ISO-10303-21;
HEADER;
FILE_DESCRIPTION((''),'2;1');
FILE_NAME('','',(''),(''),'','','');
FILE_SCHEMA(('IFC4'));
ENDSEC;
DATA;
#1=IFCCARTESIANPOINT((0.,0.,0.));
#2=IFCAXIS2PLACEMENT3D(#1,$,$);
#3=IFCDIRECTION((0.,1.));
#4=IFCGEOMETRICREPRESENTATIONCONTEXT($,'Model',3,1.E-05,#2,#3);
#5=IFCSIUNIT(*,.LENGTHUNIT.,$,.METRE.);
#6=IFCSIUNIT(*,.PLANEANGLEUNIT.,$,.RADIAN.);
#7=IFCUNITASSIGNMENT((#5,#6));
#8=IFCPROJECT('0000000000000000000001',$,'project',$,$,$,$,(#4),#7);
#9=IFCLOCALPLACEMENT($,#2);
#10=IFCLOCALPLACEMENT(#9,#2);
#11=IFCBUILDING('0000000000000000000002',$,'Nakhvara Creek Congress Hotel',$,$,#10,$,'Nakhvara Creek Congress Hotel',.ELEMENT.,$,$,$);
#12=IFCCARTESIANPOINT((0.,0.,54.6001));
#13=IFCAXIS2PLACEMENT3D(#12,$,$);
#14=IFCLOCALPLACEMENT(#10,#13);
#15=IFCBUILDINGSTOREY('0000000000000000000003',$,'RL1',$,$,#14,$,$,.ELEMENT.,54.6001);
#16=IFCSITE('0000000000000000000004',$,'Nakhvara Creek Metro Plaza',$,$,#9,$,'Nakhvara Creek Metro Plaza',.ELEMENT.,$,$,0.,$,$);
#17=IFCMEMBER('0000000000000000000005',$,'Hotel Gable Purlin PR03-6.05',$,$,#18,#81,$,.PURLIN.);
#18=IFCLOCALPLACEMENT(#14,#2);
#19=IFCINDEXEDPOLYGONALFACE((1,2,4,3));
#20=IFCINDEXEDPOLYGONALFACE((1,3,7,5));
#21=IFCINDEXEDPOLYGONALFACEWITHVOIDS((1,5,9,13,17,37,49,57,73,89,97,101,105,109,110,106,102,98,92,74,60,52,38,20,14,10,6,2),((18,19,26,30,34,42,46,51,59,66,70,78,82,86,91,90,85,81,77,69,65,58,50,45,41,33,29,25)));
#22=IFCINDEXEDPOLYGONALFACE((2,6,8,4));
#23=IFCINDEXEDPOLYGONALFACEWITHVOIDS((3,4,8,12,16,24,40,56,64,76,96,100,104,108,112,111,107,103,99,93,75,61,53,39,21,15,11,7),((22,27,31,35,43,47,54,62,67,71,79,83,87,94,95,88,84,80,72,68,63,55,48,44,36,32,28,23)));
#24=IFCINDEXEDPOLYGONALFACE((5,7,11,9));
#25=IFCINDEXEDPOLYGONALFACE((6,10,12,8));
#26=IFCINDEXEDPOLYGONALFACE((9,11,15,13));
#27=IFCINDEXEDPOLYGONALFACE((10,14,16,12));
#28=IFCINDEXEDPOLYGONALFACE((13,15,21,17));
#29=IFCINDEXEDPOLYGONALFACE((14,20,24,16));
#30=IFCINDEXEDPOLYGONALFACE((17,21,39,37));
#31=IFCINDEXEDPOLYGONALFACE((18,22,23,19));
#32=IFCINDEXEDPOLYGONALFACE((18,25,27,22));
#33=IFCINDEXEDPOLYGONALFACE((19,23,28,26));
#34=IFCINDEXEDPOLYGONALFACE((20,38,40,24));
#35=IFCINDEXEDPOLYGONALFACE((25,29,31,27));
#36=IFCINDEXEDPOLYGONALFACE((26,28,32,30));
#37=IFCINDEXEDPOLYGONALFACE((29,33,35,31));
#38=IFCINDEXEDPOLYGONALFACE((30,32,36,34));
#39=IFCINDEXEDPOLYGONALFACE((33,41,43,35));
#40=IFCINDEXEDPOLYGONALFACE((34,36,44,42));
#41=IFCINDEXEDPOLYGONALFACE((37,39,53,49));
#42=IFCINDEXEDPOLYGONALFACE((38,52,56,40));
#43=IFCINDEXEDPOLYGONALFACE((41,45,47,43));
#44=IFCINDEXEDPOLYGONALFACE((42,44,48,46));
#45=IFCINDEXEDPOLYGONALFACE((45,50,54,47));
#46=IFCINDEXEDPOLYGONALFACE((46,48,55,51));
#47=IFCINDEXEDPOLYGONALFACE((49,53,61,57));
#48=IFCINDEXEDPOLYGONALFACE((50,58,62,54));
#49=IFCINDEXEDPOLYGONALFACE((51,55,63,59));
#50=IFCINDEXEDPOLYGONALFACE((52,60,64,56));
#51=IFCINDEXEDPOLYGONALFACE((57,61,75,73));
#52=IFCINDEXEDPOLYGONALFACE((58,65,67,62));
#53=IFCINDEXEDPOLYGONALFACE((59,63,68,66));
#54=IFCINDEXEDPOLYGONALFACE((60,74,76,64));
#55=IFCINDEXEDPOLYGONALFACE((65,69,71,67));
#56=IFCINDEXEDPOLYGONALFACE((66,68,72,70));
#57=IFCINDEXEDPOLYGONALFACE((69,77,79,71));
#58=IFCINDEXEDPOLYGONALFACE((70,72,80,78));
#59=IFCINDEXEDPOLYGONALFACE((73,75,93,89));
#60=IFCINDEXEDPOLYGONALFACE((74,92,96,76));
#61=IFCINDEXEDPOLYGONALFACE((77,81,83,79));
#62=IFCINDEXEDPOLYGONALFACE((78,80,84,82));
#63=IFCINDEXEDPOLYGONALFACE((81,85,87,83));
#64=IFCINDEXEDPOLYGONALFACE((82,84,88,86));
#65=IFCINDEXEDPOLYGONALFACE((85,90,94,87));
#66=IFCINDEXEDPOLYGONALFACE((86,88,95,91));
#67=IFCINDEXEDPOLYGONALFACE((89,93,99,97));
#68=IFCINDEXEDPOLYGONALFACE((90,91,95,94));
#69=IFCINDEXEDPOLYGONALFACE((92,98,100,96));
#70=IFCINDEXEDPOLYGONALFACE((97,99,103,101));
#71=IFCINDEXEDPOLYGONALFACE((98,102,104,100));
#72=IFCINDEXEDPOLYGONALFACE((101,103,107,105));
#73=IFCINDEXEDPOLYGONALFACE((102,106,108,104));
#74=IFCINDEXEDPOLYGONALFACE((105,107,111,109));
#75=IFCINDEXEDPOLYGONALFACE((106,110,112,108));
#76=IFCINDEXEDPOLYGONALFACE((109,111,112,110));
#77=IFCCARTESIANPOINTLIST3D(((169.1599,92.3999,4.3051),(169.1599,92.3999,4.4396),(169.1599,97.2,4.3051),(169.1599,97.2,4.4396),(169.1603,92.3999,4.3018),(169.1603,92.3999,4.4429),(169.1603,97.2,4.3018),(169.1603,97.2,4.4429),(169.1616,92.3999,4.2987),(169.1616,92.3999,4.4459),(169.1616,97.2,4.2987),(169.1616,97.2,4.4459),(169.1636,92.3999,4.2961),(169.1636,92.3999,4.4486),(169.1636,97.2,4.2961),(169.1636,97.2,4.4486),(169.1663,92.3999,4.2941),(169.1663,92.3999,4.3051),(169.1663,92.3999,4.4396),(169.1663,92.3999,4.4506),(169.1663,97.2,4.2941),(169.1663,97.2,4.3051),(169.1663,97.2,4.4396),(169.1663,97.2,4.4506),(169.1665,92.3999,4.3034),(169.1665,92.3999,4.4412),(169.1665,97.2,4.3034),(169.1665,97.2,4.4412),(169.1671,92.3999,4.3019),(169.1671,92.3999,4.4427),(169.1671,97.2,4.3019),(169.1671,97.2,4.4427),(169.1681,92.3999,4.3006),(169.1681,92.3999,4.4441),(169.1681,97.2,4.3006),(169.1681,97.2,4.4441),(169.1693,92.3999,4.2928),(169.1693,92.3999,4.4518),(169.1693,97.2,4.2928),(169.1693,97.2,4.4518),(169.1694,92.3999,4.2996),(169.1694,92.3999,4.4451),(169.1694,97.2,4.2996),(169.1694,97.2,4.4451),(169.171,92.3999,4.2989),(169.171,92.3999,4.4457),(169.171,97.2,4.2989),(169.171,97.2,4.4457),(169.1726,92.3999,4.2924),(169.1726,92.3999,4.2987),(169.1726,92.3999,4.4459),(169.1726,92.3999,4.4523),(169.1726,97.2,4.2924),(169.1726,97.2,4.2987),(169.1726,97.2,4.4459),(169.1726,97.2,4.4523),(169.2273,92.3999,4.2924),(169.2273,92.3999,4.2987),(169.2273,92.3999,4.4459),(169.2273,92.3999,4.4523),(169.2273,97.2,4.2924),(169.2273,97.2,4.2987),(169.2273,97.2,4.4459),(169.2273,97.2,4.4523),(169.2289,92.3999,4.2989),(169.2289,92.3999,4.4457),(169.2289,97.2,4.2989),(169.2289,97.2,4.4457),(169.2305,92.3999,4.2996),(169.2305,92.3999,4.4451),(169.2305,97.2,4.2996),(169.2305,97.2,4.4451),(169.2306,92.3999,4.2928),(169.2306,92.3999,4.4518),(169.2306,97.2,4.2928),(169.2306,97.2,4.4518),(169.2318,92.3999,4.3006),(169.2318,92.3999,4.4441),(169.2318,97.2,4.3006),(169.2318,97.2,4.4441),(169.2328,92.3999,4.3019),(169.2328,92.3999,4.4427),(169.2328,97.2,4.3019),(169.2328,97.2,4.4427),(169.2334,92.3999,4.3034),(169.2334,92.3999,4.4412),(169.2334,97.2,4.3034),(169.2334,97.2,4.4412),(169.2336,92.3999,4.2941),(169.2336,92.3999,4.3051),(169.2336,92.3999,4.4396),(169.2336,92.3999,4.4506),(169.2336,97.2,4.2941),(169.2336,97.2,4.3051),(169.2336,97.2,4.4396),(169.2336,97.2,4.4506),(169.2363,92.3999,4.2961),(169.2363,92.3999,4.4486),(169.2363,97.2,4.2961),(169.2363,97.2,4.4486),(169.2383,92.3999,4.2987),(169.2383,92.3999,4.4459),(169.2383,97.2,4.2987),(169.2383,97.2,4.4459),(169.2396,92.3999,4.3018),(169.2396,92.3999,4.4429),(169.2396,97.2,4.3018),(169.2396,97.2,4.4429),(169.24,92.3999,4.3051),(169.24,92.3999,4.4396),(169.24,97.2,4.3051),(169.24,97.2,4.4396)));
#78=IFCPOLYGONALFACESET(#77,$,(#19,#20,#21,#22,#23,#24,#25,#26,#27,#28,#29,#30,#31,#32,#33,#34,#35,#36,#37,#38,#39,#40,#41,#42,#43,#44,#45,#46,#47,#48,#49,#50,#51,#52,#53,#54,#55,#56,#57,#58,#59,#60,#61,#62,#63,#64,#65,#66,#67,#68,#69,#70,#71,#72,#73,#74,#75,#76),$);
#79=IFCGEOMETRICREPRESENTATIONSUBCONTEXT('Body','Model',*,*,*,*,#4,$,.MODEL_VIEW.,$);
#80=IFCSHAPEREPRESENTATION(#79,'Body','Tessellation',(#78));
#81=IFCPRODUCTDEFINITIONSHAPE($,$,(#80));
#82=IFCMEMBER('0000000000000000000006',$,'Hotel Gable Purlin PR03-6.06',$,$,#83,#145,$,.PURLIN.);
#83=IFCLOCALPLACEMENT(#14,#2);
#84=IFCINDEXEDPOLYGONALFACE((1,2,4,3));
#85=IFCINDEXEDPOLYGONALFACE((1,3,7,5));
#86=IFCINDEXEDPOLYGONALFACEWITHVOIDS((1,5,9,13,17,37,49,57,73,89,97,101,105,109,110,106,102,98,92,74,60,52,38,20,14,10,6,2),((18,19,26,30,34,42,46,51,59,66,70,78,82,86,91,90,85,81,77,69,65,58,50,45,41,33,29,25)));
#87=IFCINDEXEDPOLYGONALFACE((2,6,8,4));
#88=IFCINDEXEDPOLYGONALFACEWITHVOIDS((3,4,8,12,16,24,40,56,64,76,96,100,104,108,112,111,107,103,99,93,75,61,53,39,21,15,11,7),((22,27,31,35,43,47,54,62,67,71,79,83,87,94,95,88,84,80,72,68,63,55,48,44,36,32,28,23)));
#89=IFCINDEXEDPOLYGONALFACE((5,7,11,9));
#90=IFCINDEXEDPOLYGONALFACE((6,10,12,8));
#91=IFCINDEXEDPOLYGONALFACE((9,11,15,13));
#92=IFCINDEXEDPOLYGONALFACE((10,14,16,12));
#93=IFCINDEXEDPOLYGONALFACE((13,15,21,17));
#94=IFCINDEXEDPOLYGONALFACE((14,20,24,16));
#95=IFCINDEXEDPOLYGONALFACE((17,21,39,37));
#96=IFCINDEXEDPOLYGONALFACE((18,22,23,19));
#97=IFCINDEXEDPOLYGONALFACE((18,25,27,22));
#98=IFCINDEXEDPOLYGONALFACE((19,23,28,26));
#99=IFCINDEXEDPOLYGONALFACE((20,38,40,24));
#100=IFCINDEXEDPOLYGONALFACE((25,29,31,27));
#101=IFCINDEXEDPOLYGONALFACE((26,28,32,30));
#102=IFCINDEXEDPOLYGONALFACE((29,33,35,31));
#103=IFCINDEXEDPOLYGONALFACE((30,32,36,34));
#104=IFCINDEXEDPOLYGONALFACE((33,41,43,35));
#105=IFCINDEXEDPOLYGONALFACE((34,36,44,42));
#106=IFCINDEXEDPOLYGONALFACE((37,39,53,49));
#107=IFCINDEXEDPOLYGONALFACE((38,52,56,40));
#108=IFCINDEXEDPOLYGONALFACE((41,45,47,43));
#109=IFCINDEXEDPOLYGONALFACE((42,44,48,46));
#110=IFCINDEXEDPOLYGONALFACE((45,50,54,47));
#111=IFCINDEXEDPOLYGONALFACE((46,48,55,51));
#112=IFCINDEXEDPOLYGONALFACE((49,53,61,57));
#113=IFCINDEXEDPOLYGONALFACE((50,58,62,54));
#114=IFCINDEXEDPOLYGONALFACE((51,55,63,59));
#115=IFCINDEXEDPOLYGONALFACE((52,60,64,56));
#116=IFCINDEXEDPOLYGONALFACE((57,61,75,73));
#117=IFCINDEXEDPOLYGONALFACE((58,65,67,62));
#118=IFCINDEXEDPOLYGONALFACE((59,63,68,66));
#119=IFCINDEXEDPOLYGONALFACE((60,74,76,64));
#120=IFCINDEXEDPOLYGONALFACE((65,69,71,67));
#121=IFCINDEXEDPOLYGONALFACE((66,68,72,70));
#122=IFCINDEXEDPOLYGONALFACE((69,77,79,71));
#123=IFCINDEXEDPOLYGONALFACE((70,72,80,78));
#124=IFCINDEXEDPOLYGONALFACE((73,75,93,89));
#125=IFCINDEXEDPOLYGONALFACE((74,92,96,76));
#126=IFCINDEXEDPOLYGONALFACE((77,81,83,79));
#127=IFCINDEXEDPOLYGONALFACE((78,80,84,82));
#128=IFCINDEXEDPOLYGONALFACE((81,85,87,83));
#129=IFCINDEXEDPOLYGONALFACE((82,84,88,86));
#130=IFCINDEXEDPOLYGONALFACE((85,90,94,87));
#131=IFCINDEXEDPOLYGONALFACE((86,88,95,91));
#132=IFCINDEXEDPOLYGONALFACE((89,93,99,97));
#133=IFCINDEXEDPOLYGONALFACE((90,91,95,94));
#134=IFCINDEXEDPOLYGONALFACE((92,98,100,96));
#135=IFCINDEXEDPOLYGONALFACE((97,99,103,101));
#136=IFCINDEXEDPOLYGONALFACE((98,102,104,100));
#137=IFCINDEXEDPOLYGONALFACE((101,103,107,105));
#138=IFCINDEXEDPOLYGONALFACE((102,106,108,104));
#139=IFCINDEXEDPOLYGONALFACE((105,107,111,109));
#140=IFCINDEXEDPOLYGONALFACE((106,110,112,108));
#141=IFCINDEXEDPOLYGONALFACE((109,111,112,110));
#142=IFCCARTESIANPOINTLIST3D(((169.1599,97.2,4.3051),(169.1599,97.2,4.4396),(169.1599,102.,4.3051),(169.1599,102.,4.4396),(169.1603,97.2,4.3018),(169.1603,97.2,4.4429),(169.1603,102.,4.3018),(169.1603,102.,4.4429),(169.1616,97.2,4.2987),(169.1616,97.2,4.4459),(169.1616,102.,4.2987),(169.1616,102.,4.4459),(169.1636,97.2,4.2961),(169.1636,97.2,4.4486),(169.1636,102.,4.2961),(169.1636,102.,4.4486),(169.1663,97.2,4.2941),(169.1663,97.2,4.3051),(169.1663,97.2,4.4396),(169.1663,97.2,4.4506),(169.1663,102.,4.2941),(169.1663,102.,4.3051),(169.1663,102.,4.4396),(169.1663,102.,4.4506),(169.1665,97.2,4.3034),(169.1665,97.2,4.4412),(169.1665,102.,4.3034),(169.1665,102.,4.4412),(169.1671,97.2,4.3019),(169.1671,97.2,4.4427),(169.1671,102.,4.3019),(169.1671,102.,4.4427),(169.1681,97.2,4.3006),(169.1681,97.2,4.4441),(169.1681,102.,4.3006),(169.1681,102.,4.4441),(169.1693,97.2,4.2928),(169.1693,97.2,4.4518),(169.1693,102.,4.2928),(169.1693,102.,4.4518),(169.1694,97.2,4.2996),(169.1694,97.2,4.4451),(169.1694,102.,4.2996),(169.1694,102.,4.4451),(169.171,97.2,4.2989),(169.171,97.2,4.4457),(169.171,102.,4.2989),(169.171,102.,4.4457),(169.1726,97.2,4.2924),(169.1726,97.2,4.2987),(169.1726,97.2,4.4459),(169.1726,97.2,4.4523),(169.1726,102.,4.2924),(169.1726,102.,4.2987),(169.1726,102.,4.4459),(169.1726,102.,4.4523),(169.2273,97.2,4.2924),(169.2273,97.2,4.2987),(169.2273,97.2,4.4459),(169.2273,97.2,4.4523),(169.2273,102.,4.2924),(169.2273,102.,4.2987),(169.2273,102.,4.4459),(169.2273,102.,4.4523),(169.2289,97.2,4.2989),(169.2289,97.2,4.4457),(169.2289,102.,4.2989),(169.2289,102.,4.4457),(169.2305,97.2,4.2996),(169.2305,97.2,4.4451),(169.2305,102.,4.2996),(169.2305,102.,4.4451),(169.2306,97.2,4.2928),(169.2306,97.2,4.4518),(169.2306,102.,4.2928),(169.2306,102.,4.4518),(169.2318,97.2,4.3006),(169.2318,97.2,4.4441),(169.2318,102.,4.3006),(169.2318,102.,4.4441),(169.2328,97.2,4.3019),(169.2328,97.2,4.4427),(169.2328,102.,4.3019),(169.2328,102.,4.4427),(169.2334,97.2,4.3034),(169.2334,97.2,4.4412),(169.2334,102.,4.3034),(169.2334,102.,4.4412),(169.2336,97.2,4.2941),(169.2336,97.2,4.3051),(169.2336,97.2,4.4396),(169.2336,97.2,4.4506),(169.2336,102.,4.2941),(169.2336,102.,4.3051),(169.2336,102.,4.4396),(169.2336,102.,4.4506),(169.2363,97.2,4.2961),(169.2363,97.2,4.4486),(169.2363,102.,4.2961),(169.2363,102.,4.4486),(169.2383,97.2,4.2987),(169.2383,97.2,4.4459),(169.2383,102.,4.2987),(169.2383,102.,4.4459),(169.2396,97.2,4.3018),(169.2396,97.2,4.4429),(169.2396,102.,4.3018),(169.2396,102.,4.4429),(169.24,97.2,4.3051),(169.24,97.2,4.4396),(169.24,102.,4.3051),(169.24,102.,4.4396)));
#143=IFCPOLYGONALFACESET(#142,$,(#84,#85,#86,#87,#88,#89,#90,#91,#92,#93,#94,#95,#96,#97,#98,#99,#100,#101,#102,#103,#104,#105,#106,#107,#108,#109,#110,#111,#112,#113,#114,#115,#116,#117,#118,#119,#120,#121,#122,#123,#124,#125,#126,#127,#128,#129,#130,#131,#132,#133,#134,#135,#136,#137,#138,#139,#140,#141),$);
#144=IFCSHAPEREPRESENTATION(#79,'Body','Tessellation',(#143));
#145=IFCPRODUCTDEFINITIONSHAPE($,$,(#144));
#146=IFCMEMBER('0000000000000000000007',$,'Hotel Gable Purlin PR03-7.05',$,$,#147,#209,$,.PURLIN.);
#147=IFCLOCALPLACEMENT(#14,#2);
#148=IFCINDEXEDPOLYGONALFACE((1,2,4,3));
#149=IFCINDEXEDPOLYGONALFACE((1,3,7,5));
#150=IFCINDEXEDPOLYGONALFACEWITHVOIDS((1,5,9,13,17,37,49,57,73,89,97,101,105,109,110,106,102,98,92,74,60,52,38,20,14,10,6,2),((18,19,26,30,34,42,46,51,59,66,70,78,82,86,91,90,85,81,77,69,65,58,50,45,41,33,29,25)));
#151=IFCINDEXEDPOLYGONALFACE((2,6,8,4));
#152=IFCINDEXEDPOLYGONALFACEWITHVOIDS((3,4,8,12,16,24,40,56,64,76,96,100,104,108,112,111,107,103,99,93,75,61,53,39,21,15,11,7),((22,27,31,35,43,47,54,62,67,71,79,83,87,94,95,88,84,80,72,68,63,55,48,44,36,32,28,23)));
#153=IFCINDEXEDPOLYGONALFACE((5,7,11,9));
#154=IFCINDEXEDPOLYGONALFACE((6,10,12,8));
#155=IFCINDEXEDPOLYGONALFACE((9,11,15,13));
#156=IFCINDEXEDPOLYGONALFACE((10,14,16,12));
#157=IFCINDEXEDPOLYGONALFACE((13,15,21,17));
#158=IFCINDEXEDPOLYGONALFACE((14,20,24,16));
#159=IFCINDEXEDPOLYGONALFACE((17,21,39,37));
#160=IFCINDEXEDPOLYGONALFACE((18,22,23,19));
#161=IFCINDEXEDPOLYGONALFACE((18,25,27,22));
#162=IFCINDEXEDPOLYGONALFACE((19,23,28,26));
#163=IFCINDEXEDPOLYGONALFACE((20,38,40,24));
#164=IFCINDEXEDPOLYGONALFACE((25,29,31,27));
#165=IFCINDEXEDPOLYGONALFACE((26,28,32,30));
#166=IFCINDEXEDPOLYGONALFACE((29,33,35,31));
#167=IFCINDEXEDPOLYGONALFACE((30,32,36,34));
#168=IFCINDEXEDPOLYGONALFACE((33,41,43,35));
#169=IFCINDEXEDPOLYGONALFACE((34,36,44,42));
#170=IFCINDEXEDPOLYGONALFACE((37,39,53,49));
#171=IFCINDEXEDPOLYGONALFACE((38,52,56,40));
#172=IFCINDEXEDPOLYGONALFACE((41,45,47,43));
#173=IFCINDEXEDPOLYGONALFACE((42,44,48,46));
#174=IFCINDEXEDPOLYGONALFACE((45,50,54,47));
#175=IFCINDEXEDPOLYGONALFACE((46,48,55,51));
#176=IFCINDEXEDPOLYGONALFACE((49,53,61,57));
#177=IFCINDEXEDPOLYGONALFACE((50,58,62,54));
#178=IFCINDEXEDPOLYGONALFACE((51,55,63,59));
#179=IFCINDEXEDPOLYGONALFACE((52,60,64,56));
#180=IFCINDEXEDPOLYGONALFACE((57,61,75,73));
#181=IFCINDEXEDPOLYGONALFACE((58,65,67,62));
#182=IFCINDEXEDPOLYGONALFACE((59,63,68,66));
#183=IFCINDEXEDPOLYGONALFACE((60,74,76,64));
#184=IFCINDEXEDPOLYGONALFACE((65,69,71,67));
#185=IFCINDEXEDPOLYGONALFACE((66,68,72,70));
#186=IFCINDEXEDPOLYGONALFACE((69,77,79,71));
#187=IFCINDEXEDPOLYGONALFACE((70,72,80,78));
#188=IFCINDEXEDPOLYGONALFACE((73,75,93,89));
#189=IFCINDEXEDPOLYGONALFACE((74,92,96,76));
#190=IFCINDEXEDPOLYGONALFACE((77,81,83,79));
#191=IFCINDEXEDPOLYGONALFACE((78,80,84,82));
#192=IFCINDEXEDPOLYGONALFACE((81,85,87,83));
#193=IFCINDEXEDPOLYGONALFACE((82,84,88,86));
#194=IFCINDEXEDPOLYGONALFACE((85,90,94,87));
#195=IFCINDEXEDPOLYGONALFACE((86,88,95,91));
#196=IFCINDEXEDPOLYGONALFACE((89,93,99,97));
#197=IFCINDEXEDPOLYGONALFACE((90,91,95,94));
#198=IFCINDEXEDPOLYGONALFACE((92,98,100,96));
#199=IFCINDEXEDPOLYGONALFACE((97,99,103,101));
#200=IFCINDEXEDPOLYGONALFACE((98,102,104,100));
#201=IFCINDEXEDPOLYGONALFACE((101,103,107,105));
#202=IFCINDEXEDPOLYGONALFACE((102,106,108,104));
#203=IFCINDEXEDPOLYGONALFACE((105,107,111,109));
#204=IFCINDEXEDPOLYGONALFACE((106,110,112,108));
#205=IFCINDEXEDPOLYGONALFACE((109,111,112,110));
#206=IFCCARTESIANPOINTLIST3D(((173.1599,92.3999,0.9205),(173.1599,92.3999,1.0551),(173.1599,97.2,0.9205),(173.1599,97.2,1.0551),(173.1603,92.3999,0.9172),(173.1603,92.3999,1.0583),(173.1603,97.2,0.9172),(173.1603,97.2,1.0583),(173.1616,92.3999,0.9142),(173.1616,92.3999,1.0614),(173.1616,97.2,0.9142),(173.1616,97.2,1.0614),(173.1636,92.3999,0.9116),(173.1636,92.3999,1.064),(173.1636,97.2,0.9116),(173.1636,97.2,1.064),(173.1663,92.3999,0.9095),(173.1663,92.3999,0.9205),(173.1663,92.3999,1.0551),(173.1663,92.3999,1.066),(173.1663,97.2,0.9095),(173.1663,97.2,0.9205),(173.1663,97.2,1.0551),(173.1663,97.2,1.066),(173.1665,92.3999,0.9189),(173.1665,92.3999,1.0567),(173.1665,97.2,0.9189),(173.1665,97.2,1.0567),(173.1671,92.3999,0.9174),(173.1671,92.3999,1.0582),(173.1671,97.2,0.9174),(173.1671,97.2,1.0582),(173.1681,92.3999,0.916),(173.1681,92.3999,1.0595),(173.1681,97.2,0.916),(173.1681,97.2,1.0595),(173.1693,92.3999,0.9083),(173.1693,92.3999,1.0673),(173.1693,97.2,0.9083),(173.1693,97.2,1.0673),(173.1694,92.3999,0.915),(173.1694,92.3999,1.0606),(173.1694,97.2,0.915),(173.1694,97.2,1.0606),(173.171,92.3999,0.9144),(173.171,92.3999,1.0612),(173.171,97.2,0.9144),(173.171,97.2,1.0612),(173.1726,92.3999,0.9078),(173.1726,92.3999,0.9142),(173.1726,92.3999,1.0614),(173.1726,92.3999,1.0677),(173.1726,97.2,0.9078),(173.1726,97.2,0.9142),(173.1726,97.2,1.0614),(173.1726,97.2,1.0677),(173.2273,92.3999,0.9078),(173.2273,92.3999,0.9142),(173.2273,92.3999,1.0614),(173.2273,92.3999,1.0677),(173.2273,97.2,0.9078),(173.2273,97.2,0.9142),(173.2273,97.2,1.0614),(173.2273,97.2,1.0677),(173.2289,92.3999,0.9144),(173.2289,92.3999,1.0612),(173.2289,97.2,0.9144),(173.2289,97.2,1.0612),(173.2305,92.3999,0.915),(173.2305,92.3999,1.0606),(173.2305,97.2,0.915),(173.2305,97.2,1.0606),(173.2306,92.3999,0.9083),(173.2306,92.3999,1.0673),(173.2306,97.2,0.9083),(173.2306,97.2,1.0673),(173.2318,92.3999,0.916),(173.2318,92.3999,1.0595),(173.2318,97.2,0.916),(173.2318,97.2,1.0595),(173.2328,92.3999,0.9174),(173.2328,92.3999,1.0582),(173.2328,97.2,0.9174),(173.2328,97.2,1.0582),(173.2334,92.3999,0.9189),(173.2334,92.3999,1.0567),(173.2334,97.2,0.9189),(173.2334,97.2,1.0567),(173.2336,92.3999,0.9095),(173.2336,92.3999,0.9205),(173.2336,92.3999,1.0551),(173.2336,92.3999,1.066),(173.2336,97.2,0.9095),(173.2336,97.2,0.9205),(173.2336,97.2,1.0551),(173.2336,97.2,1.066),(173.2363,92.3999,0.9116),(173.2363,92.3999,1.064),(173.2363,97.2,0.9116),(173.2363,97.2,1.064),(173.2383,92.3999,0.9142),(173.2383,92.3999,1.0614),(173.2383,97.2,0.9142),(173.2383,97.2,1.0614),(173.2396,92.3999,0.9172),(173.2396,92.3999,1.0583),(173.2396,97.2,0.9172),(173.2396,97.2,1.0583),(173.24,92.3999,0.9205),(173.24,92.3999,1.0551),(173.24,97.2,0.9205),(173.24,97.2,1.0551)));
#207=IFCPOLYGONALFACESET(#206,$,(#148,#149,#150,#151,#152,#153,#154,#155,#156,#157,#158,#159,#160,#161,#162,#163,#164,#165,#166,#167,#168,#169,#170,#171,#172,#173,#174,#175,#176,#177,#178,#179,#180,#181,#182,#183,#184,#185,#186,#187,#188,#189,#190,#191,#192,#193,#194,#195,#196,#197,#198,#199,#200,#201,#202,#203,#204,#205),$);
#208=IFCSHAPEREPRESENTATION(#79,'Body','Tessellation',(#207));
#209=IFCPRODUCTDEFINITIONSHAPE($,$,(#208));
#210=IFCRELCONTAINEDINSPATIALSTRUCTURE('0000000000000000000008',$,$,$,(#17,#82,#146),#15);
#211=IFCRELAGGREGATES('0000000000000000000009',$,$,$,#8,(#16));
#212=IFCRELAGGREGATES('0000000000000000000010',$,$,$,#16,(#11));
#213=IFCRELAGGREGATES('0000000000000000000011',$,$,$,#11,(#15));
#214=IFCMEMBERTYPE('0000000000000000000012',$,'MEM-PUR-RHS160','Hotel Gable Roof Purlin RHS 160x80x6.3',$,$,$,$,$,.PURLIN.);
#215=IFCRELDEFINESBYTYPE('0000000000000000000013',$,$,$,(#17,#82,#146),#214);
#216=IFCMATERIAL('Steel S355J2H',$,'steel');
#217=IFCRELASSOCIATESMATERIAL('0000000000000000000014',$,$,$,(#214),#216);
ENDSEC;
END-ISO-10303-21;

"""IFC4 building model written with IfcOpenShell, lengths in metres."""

from ifc_helpers import new_model, si_unit, direction, frame, origin, origin_2d, place, context, subcontext, project, spatial, hollow_rectangle, extrude, material, material_profile, profile_set, type_object, element, save


model = new_model("IFC4")

# Units and contexts
model_context = context("Model", 3, precision=1e-05, world=origin(), true_north=direction((0.0, 1.0)))
body_context = subcontext(model_context, "Body", "Model", "MODEL_VIEW")
ifc_project = project(units=[si_unit("LENGTHUNIT", "METRE"), si_unit("PLANEANGLEUNIT", "RADIAN")], contexts=[model_context])

# Site, building, storey
site_placement = place(None, origin())
site = spatial("IfcSite", under=ifc_project, at=site_placement, Name="Nakhvara Creek Metro Plaza", LongName="Nakhvara Creek Metro Plaza", CompositionType="ELEMENT", RefElevation=0.0)
building_placement = place(site_placement, origin())
building = spatial("IfcBuilding", under=site, at=building_placement, Name="Nakhvara Creek Congress Hotel", LongName="Nakhvara Creek Congress Hotel", CompositionType="ELEMENT")
storey_placement = place(building_placement, frame((0.0, 0.0, 54.6001)))
storey = spatial("IfcBuildingStorey", under=building, at=storey_placement, Name="RL1", CompositionType="ELEMENT", Elevation=54.6001)

# Members
ifc_material_1 = material(Name="Steel S355J2H", Category="steel")
ifc_material_profile_1 = material_profile(ifc_material_1, hollow_rectangle(XDim=0.0801, YDim=0.1599, WallThickness=0.0063, InnerFilletRadius=0.0063, OuterFilletRadius=0.0127, at=origin_2d()), Name="RHS 160x80x6.3", Category="LoadBearing")
ifc_profile_set_1 = profile_set([ifc_material_profile_1], Name="Steel S355J2H")
member_type_1 = type_object("IfcMemberType", Name="MEM-PUR-RHS160", Description="Hotel Gable Roof Purlin RHS 160x80x6.3", PredefinedType="PURLIN", material=ifc_profile_set_1)
for number, where, z_axis, x_axis, name in (
    (1, (169.2, 92.3999, 4.3723), (0.0, 1.0, 0.0), (-1.0, 0.0, 0.0), "Hotel Gable Purlin PR03-6.05"),
    (2, (169.2, 97.2, 4.3723), (0.0, 1.0, 0.0), (-1.0, 0.0, 0.0), "Hotel Gable Purlin PR03-6.06"),
    (3, (173.2, 92.3999, 0.9878), (0.0, 1.0, 0.0), (-1.0, 0.0, 0.0), "Hotel Gable Purlin PR03-7.05"),
):
    element("IfcMember", number, at=place(storey_placement, frame(where, z_axis=z_axis, x_axis=x_axis)), inside=storey, type_object=member_type_1, Name=name, PredefinedType="PURLIN", context=body_context, shape_type="SweptSolid", body=[
        extrude(hollow_rectangle(XDim=0.0801, YDim=0.1599, WallThickness=0.0063, InnerFilletRadius=0.0063, OuterFilletRadius=0.0127, at=origin_2d()), origin(), (0.0, 0.0, 1.0), 4.8),
    ])

save(model, "model.ifc")
